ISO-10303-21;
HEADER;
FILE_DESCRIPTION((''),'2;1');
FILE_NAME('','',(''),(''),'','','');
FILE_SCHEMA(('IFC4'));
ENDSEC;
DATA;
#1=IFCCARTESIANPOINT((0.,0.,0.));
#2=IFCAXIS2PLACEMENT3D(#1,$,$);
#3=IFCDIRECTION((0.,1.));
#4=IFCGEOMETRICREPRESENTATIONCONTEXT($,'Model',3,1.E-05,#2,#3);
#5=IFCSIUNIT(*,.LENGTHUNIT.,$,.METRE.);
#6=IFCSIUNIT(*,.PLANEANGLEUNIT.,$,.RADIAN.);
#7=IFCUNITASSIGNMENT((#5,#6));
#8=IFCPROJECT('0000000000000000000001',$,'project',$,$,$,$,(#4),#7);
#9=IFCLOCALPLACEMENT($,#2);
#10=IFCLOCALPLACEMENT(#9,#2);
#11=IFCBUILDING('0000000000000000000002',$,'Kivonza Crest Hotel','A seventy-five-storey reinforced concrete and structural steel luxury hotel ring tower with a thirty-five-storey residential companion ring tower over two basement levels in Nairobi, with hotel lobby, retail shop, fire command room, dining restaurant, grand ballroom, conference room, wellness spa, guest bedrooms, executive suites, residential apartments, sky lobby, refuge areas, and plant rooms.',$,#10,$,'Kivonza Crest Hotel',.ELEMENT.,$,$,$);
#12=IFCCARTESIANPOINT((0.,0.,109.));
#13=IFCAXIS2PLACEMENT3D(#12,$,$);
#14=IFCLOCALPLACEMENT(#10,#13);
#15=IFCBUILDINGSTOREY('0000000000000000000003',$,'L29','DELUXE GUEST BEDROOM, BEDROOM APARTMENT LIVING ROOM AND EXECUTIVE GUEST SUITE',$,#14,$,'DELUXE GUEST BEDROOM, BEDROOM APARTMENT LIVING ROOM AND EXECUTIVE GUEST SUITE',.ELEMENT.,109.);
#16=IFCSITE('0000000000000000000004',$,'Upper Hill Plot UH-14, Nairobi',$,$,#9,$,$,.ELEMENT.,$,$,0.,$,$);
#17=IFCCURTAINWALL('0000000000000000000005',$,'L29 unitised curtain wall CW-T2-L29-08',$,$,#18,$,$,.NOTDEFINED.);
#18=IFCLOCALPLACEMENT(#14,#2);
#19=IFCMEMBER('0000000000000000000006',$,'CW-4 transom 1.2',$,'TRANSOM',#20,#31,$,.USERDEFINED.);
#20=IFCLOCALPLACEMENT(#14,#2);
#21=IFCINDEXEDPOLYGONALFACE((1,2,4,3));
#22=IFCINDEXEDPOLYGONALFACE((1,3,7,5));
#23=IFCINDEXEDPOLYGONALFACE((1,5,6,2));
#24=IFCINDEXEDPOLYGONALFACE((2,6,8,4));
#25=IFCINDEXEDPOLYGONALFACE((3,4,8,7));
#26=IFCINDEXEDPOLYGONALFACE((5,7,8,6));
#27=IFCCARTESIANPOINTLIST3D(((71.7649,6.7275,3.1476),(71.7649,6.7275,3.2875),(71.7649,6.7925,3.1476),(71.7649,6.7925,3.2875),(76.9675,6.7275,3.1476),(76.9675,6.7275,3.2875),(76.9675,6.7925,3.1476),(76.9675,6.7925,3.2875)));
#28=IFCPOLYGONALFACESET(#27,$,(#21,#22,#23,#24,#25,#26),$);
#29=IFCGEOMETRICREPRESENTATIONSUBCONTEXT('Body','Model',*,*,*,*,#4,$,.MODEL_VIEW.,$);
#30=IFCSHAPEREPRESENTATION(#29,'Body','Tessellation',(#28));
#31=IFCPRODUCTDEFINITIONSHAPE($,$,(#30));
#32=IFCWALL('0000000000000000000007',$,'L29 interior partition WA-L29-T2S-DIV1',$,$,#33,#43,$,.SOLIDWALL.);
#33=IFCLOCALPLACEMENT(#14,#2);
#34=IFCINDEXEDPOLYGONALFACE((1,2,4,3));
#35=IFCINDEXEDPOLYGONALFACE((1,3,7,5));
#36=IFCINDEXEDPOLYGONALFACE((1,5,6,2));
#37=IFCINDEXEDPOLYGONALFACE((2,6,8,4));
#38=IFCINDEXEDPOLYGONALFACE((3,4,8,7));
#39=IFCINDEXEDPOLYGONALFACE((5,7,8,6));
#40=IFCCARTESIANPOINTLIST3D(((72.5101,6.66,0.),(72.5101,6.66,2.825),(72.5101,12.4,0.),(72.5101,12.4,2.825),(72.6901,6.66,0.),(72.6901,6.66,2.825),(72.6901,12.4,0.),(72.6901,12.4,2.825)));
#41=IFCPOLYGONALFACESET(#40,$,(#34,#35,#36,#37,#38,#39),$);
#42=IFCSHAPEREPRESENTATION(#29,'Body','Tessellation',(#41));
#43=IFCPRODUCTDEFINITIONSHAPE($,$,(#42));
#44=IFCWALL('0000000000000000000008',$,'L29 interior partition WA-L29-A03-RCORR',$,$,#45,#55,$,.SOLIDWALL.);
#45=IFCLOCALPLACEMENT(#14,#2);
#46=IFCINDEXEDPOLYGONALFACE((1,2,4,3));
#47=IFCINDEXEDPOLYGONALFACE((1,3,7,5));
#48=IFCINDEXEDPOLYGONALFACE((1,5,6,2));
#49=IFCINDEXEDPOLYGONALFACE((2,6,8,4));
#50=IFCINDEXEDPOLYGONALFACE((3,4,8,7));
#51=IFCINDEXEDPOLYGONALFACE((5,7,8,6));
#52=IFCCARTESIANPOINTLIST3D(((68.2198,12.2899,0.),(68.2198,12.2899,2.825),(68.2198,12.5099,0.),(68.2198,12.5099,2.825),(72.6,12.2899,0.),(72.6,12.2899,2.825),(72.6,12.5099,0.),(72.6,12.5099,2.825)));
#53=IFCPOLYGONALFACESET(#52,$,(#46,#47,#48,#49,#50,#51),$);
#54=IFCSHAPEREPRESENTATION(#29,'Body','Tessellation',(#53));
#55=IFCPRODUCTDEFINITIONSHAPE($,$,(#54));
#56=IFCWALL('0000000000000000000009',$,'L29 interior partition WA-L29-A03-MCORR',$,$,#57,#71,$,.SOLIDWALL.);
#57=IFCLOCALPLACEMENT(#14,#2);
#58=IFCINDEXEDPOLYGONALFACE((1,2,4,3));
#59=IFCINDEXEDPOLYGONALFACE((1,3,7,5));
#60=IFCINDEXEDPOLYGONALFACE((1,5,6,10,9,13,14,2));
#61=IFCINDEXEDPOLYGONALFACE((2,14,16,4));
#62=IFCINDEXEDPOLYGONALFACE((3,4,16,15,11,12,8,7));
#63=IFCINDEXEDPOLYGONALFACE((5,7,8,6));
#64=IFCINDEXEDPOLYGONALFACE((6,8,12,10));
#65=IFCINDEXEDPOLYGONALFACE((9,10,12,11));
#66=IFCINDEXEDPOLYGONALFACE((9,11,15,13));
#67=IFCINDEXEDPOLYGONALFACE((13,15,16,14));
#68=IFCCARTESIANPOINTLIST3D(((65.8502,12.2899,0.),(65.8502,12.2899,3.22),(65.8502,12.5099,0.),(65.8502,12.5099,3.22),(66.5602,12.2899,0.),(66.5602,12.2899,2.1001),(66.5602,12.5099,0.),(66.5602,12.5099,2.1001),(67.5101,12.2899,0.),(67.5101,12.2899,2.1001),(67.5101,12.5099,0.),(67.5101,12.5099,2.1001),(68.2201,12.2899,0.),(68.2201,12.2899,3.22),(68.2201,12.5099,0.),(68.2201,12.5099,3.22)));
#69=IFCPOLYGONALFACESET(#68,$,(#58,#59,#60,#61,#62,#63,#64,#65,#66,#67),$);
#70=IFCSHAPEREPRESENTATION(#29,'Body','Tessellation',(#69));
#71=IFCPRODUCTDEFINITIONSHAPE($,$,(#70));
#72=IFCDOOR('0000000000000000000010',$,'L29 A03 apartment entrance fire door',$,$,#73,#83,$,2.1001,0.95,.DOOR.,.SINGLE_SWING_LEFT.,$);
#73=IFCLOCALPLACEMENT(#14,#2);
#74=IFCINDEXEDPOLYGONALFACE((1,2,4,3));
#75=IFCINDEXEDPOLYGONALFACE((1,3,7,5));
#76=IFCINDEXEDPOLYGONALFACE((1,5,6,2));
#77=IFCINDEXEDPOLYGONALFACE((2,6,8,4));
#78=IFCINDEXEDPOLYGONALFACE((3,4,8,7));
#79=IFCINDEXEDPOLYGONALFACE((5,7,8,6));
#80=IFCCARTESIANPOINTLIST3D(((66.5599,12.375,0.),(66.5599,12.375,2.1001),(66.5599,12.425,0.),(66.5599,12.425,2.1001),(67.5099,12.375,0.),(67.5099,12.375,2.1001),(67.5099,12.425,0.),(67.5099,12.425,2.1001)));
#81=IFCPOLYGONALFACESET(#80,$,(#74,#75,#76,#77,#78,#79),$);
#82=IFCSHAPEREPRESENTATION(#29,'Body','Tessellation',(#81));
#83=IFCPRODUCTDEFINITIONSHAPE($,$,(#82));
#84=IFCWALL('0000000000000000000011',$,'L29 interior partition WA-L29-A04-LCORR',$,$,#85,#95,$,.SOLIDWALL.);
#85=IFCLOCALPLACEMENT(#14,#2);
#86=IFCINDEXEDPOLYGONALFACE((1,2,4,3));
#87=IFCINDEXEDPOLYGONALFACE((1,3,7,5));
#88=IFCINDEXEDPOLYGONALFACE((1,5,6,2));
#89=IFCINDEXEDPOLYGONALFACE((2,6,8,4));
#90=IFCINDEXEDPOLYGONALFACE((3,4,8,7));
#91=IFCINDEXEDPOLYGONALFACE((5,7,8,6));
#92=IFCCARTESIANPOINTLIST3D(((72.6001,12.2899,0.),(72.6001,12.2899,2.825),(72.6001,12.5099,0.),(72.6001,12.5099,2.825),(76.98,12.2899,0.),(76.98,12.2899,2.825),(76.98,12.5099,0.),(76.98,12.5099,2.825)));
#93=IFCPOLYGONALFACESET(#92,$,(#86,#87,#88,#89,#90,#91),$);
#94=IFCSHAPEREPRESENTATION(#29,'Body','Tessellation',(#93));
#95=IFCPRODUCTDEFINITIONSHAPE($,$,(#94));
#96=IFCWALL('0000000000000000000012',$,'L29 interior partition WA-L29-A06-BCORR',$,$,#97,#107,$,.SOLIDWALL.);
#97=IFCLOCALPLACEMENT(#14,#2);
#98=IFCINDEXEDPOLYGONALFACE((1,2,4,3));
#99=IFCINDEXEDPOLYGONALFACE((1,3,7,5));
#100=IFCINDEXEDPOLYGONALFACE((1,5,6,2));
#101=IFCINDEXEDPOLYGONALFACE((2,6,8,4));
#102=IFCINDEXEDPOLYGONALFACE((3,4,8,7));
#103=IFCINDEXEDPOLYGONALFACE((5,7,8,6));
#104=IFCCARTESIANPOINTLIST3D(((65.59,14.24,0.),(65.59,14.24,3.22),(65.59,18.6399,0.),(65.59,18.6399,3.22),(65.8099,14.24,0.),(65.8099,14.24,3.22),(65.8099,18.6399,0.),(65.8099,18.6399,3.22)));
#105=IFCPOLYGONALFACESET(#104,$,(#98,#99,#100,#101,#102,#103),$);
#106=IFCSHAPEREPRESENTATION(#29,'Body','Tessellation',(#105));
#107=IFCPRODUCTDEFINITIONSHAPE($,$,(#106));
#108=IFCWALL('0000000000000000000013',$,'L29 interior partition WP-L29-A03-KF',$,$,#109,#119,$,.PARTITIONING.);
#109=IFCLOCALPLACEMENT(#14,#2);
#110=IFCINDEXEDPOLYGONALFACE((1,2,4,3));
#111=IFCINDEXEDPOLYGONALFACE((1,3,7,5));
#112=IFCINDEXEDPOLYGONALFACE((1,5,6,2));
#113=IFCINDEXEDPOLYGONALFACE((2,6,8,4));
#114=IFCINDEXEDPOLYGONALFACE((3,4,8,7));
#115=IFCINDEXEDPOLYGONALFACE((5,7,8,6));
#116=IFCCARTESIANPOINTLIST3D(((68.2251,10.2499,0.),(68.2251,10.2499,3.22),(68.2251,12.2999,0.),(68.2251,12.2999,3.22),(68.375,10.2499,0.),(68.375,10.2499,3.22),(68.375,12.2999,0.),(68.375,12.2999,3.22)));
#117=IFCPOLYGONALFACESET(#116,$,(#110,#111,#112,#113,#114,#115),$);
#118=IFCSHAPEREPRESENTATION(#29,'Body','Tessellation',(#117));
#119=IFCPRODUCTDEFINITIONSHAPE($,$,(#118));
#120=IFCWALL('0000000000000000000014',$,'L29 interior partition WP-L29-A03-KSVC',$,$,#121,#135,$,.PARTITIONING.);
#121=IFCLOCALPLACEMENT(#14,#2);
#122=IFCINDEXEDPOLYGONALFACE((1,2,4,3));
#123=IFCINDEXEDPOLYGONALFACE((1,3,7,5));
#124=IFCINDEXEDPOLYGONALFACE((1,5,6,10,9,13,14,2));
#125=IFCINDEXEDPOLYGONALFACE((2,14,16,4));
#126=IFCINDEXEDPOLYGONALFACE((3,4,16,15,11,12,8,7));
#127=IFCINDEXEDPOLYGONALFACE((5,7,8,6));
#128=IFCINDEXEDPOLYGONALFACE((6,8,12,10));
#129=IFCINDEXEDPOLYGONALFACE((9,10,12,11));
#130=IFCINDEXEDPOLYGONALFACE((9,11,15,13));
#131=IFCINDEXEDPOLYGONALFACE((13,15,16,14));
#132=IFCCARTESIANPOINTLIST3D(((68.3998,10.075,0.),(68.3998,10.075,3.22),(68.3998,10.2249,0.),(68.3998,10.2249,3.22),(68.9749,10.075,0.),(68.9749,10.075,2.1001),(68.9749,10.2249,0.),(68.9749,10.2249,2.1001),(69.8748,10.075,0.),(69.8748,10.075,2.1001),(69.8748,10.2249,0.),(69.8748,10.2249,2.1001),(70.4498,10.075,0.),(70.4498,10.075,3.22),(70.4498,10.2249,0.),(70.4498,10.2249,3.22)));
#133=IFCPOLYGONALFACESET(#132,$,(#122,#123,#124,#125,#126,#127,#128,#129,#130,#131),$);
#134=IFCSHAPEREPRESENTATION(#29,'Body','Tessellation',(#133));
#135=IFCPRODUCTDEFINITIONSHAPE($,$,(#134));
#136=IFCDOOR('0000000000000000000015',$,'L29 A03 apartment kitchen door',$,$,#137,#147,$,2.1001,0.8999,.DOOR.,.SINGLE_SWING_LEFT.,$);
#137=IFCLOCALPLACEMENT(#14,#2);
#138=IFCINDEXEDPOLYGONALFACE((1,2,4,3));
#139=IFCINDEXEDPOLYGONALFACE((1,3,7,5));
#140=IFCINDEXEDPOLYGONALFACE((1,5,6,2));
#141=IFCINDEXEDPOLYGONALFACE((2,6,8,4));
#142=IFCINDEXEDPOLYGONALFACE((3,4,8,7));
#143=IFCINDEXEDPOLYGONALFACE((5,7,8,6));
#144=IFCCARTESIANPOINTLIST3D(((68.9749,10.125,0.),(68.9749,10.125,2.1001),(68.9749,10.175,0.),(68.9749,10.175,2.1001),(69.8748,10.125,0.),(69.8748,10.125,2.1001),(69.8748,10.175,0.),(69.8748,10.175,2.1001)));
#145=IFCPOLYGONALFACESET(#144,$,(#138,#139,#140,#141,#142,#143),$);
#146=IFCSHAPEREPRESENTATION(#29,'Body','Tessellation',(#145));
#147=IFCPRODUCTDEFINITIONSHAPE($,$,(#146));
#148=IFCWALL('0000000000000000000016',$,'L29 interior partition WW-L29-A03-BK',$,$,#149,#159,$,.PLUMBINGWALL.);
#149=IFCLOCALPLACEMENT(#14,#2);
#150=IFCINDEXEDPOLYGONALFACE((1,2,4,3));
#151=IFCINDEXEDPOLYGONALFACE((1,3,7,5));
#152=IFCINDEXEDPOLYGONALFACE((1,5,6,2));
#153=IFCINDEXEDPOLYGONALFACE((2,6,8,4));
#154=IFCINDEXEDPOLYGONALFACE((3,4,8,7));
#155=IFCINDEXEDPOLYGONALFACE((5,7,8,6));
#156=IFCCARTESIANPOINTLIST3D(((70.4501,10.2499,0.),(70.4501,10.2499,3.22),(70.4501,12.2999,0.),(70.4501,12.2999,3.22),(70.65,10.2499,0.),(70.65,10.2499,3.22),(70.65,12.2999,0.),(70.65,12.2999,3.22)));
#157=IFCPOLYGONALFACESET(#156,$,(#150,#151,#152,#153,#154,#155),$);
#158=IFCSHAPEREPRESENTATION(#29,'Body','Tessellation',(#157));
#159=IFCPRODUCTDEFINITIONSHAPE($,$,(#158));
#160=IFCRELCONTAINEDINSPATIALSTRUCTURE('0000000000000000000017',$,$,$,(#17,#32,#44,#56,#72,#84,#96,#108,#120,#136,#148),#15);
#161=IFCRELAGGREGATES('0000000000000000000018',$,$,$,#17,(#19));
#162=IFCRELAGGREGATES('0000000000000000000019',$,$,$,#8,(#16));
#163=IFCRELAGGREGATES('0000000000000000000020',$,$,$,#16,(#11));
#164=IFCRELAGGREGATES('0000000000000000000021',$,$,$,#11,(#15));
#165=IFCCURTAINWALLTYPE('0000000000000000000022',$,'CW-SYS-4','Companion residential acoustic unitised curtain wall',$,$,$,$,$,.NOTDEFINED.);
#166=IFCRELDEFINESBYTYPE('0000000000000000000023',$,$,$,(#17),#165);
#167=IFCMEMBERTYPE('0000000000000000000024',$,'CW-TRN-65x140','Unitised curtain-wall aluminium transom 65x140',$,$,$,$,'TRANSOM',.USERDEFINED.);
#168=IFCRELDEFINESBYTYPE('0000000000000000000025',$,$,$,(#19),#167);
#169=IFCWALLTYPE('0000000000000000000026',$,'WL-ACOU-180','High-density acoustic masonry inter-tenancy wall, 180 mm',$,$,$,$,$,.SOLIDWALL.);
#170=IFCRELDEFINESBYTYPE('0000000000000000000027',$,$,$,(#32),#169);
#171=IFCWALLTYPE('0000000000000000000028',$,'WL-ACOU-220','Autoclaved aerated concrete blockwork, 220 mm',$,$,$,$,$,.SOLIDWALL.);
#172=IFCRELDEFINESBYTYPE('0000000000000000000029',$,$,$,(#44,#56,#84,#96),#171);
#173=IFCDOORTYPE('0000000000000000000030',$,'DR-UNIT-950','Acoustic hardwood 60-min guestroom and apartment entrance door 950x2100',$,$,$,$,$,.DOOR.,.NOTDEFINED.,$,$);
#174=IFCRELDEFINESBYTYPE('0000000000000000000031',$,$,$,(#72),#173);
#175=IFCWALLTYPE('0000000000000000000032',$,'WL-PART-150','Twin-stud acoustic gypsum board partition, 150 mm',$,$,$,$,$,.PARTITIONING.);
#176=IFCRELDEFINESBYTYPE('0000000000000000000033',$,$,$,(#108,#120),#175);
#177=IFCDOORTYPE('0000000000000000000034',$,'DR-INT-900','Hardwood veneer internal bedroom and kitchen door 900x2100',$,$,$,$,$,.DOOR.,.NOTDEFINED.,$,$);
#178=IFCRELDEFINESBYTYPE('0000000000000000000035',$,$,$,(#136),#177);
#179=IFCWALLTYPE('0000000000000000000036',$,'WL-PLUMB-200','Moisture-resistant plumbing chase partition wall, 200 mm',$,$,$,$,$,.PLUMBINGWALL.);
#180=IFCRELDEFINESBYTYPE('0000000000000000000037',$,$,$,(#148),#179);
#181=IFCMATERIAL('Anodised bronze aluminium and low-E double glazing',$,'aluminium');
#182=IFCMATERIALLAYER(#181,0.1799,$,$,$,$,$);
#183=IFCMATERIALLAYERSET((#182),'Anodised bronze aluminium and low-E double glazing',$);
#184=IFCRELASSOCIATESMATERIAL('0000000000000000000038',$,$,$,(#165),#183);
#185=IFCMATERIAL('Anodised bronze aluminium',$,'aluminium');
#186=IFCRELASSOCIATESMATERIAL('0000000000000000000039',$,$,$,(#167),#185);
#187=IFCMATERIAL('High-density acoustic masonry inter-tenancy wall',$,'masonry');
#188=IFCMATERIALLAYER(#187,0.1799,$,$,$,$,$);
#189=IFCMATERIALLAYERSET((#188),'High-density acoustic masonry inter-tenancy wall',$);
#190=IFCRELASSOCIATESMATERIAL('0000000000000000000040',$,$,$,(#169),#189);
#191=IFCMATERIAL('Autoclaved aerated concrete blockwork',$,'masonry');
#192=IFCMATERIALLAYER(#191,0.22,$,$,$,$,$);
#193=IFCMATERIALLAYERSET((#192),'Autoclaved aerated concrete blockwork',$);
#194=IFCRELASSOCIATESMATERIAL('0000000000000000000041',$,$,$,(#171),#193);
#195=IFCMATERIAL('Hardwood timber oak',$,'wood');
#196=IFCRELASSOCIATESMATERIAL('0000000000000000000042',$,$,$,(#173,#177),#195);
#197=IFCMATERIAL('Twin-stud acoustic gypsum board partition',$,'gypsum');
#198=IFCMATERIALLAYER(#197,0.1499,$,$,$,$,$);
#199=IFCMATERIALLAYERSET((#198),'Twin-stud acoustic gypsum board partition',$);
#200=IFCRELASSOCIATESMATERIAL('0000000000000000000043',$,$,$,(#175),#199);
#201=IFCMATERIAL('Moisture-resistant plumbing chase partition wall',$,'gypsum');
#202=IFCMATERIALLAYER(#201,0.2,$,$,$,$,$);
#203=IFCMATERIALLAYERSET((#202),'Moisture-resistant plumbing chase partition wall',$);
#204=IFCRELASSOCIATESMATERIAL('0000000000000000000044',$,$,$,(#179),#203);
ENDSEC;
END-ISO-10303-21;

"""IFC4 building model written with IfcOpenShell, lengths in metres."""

from ifc_helpers import new_model, si_unit, direction, frame, frame_2d, origin, origin_2d, place, context, subcontext, project, spatial, rectangle, extrude, material, layer, layer_set, material_profile, profile_set, type_object, element, fill, aggregate, save


model = new_model("IFC4")

# Units and contexts
model_context = context("Model", 3, precision=1e-05, world=origin(), true_north=direction((0.0, 1.0)))
body_context = subcontext(model_context, "Body", "Model", "MODEL_VIEW")
ifc_project = project(units=[si_unit("LENGTHUNIT", "METRE"), si_unit("PLANEANGLEUNIT", "RADIAN")], contexts=[model_context])

# Site, building, storey
site_placement = place(None, origin())
site = spatial("IfcSite", under=ifc_project, at=site_placement, Name="Upper Hill Plot UH-14, Nairobi", CompositionType="ELEMENT", RefElevation=0.0)
building_placement = place(site_placement, origin())
building = spatial("IfcBuilding", under=site, at=building_placement, Name="Kivonza Crest Hotel", Description="A seventy-five-storey reinforced concrete and structural steel luxury hotel ring tower with a thirty-five-storey residential companion ring tower over two basement levels in Nairobi, with hotel lobby, retail shop, fire command room, dining restaurant, grand ballroom, conference room, wellness spa, guest bedrooms, executive suites, residential apartments, sky lobby, refuge areas, and plant rooms.", LongName="Kivonza Crest Hotel", CompositionType="ELEMENT")
storey_placement = place(building_placement, frame((0.0, 0.0, 109.0)))
storey = spatial("IfcBuildingStorey", under=building, at=storey_placement, Name="L29", Description="DELUXE GUEST BEDROOM, BEDROOM APARTMENT LIVING ROOM AND EXECUTIVE GUEST SUITE", LongName="DELUXE GUEST BEDROOM, BEDROOM APARTMENT LIVING ROOM AND EXECUTIVE GUEST SUITE", CompositionType="ELEMENT", Elevation=109.0)

# Curtain wall, member
ifc_material_1 = material(Name="Anodised bronze aluminium and low-E double glazing", Category="aluminium")
ifc_layer_1 = layer(ifc_material_1, 0.1799)
ifc_layer_set_1 = layer_set([ifc_layer_1], Name="Anodised bronze aluminium and low-E double glazing")
curtain_wall_type = type_object("IfcCurtainWallType", Name="CW-SYS-4", Description="Companion residential acoustic unitised curtain wall", PredefinedType="NOTDEFINED", material=ifc_layer_set_1)
curtain_wall_placement = place(storey_placement, origin())
curtain_wall = element("IfcCurtainWall", 1, at=curtain_wall_placement, inside=storey, type_object=curtain_wall_type, Name="L29 unitised curtain wall CW-T2-L29-08", PredefinedType="NOTDEFINED")
ifc_material_2 = material(Name="Anodised bronze aluminium", Category="aluminium")
ifc_material_profile_1 = material_profile(ifc_material_2, rectangle(XDim=0.0649, YDim=0.1399, at=origin_2d()), Name="CW-T 65x140")
ifc_profile_set_1 = profile_set([ifc_material_profile_1], Name="Anodised bronze aluminium")
member_type_1 = type_object("IfcMemberType", Name="CW-TRN-65x140", Description="Unitised curtain-wall aluminium transom 65x140", ElementType="TRANSOM", PredefinedType="USERDEFINED", material=ifc_profile_set_1)
member_1_placement = place(storey_placement, frame((71.7649, 6.76, 3.2175), z_axis=(1.0, 0.0, 0.0), x_axis=(0.0, 1.0, 0.0)))
member_1 = element("IfcMember", 2, at=member_1_placement, type_object=member_type_1, Name="CW-4 transom 1.2", ObjectType="TRANSOM", PredefinedType="USERDEFINED", context=body_context, shape_type="SweptSolid", body=[
    extrude(rectangle(XDim=0.0649, YDim=0.1399, at=origin_2d()), origin(), (0.0, 0.0, 1.0), 5.2026),
])
aggregate(curtain_wall, [member_1])

# Walls
ifc_material_3 = material(Name="High-density acoustic masonry inter-tenancy wall", Category="masonry")
ifc_layer_2 = layer(ifc_material_3, 0.1799)
ifc_layer_set_2 = layer_set([ifc_layer_2], Name="High-density acoustic masonry inter-tenancy wall")
wall_type_1 = type_object("IfcWallType", Name="WL-ACOU-180", Description="High-density acoustic masonry inter-tenancy wall, 180 mm", PredefinedType="SOLIDWALL", material=ifc_layer_set_2)
wall_1_placement = place(storey_placement, frame((72.6001, 6.6599, 0.0), z_axis=(0.0, 0.0, 1.0), x_axis=(0.0, 1.0, 0.0)))
element("IfcWall", 3, at=wall_1_placement, inside=storey, type_object=wall_type_1, Name="L29 interior partition WA-L29-T2S-DIV1", PredefinedType="SOLIDWALL", context=body_context, shape_type="SweptSolid", body=[
    extrude(rectangle(XDim=5.74, YDim=0.1799, at=frame_2d((2.8701, 0.0))), origin(), (0.0, 0.0, 1.0), 2.825),
])
ifc_material_4 = material(Name="Autoclaved aerated concrete blockwork", Category="masonry")
ifc_layer_3 = layer(ifc_material_4, 0.22)
ifc_layer_set_3 = layer_set([ifc_layer_3], Name="Autoclaved aerated concrete blockwork")
wall_type_2 = type_object("IfcWallType", Name="WL-ACOU-220", Description="Autoclaved aerated concrete blockwork, 220 mm", PredefinedType="SOLIDWALL", material=ifc_layer_set_3)
wall_2_placement = place(storey_placement, frame((68.22, 12.3999, 0.0), z_axis=(0.0, 0.0, 1.0), x_axis=(1.0, 0.0, 0.0)))
element("IfcWall", 4, at=wall_2_placement, inside=storey, type_object=wall_type_2, Name="L29 interior partition WA-L29-A03-RCORR", PredefinedType="SOLIDWALL", context=body_context, shape_type="SweptSolid", body=[
    extrude(rectangle(XDim=4.3801, YDim=0.22, at=frame_2d((2.1899, 0.0))), origin(), (0.0, 0.0, 1.0), 2.825),
])

# Wall, opening, door
wall_3_placement = place(storey_placement, frame((65.8501, 12.3999, 0.0), z_axis=(0.0, 0.0, 1.0), x_axis=(1.0, 0.0, 0.0)))
wall_3 = element("IfcWall", 5, at=wall_3_placement, inside=storey, type_object=wall_type_2, Name="L29 interior partition WA-L29-A03-MCORR", PredefinedType="SOLIDWALL", context=body_context, shape_type="SweptSolid", body=[
    extrude(rectangle(XDim=2.3699, YDim=0.22, at=frame_2d((1.1851, 0.0))), origin(), (0.0, 0.0, 1.0), 3.22),
])
opening_1_placement = place(wall_3_placement, frame((0.71, 0.0, 0.0)))
opening_1 = element("IfcOpeningElement", 6, at=opening_1_placement, cuts=wall_3, PredefinedType="OPENING", context=body_context, shape_type="SweptSolid", body=[
    extrude(rectangle(XDim=0.95, YDim=2.1001, at=frame_2d((0.4751, 1.05))), frame((0.0, 0.1201, 0.0), z_axis=(0.0, -1.0, 0.0), x_axis=(1.0, 0.0, 0.0)), (0.0, 0.0, 1.0), 0.24),
])
ifc_material_5 = material(Name="Hardwood timber oak", Category="wood")
door_type_1 = type_object("IfcDoorType", Name="DR-UNIT-950", Description="Acoustic hardwood 60-min guestroom and apartment entrance door 950x2100", OperationType="NOTDEFINED", PredefinedType="DOOR", material=ifc_material_5)
door_1_placement = place(opening_1_placement, frame((0.95, 0.0, 0.0), z_axis=(0.0, 0.0, 1.0), x_axis=(-1.0, 0.0, 0.0)))
door_1 = element("IfcDoor", 7, at=door_1_placement, inside=storey, type_object=door_type_1, Name="L29 A03 apartment entrance fire door", OperationType="SINGLE_SWING_LEFT", OverallHeight=2.1001, OverallWidth=0.95, PredefinedType="DOOR", context=body_context, shape_type="SweptSolid", body=[
    extrude(rectangle(XDim=0.95, YDim=2.1001, at=frame_2d((0.4751, 1.05))), frame((0.0, 0.0249, 0.0), z_axis=(0.0, -1.0, 0.0), x_axis=(1.0, 0.0, 0.0)), (0.0, 0.0, 1.0), 0.05),
])
fill(opening_1, door_1)

# Walls
wall_4_placement = place(storey_placement, frame((72.6001, 12.3999, 0.0), z_axis=(0.0, 0.0, 1.0), x_axis=(1.0, 0.0, 0.0)))
element("IfcWall", 8, at=wall_4_placement, inside=storey, type_object=wall_type_2, Name="L29 interior partition WA-L29-A04-LCORR", PredefinedType="SOLIDWALL", context=body_context, shape_type="SweptSolid", body=[
    extrude(rectangle(XDim=4.3799, YDim=0.22, at=frame_2d((2.1899, 0.0))), origin(), (0.0, 0.0, 1.0), 2.825),
])
wall_5_placement = place(storey_placement, frame((65.7, 14.24, 0.0), z_axis=(0.0, 0.0, 1.0), x_axis=(0.0, 1.0, 0.0)))
element("IfcWall", 9, at=wall_5_placement, inside=storey, type_object=wall_type_2, Name="L29 interior partition WA-L29-A06-BCORR", PredefinedType="SOLIDWALL", context=body_context, shape_type="SweptSolid", body=[
    extrude(rectangle(XDim=4.3999, YDim=0.22, at=frame_2d((2.2, 0.0))), origin(), (0.0, 0.0, 1.0), 3.22),
])
ifc_material_6 = material(Name="Twin-stud acoustic gypsum board partition", Category="gypsum")
ifc_layer_4 = layer(ifc_material_6, 0.1499)
ifc_layer_set_4 = layer_set([ifc_layer_4], Name="Twin-stud acoustic gypsum board partition")
wall_type_3 = type_object("IfcWallType", Name="WL-PART-150", Description="Twin-stud acoustic gypsum board partition, 150 mm", PredefinedType="PARTITIONING", material=ifc_layer_set_4)
wall_6_placement = place(storey_placement, frame((68.3, 10.25, 0.0), z_axis=(0.0, 0.0, 1.0), x_axis=(0.0, 1.0, 0.0)))
element("IfcWall", 10, at=wall_6_placement, inside=storey, type_object=wall_type_3, Name="L29 interior partition WP-L29-A03-KF", PredefinedType="PARTITIONING", context=body_context, shape_type="SweptSolid", body=[
    extrude(rectangle(XDim=2.05, YDim=0.1499, at=frame_2d((1.0249, 0.0))), origin(), (0.0, 0.0, 1.0), 3.22),
])

# Wall, opening, door
wall_7_placement = place(storey_placement, frame((68.3999, 10.1499, 0.0), z_axis=(0.0, 0.0, 1.0), x_axis=(1.0, 0.0, 0.0)))
wall_7 = element("IfcWall", 11, at=wall_7_placement, inside=storey, type_object=wall_type_3, Name="L29 interior partition WP-L29-A03-KSVC", PredefinedType="PARTITIONING", context=body_context, shape_type="SweptSolid", body=[
    extrude(rectangle(XDim=2.05, YDim=0.1499, at=frame_2d((1.0249, 0.0))), origin(), (0.0, 0.0, 1.0), 3.22),
])
opening_2_placement = place(wall_7_placement, frame((0.575, 0.0, 0.0)))
opening_2 = element("IfcOpeningElement", 12, at=opening_2_placement, cuts=wall_7, PredefinedType="OPENING", context=body_context, shape_type="SweptSolid", body=[
    extrude(rectangle(XDim=0.8999, YDim=2.1001, at=frame_2d((0.45, 1.05))), frame((0.0, 0.085, 0.0), z_axis=(0.0, -1.0, 0.0), x_axis=(1.0, 0.0, 0.0)), (0.0, 0.0, 1.0), 0.1699),
])
door_type_2 = type_object("IfcDoorType", Name="DR-INT-900", Description="Hardwood veneer internal bedroom and kitchen door 900x2100", OperationType="NOTDEFINED", PredefinedType="DOOR", material=ifc_material_5)
door_2_placement = place(opening_2_placement, frame((0.8999, 0.0, 0.0), z_axis=(0.0, 0.0, 1.0), x_axis=(-1.0, 0.0, 0.0)))
door_2 = element("IfcDoor", 13, at=door_2_placement, inside=storey, type_object=door_type_2, Name="L29 A03 apartment kitchen door", OperationType="SINGLE_SWING_LEFT", OverallHeight=2.1001, OverallWidth=0.8999, PredefinedType="DOOR", context=body_context, shape_type="SweptSolid", body=[
    extrude(rectangle(XDim=0.8999, YDim=2.1001, at=frame_2d((0.45, 1.05))), frame((0.0, 0.0249, 0.0), z_axis=(0.0, -1.0, 0.0), x_axis=(1.0, 0.0, 0.0)), (0.0, 0.0, 1.0), 0.05),
])
fill(opening_2, door_2)

# Wall
ifc_material_7 = material(Name="Moisture-resistant plumbing chase partition wall", Category="gypsum")
ifc_layer_5 = layer(ifc_material_7, 0.2)
ifc_layer_set_5 = layer_set([ifc_layer_5], Name="Moisture-resistant plumbing chase partition wall")
wall_type_4 = type_object("IfcWallType", Name="WL-PLUMB-200", Description="Moisture-resistant plumbing chase partition wall, 200 mm", PredefinedType="PLUMBINGWALL", material=ifc_layer_set_5)
wall_8_placement = place(storey_placement, frame((70.55, 10.25, 0.0), z_axis=(0.0, 0.0, 1.0), x_axis=(0.0, 1.0, 0.0)))
element("IfcWall", 14, at=wall_8_placement, inside=storey, type_object=wall_type_4, Name="L29 interior partition WW-L29-A03-BK", PredefinedType="PLUMBINGWALL", context=body_context, shape_type="SweptSolid", body=[
    extrude(rectangle(XDim=2.05, YDim=0.2, at=frame_2d((1.0249, 0.0))), origin(), (0.0, 0.0, 1.0), 3.22),
])

save(model, "model.ifc")
